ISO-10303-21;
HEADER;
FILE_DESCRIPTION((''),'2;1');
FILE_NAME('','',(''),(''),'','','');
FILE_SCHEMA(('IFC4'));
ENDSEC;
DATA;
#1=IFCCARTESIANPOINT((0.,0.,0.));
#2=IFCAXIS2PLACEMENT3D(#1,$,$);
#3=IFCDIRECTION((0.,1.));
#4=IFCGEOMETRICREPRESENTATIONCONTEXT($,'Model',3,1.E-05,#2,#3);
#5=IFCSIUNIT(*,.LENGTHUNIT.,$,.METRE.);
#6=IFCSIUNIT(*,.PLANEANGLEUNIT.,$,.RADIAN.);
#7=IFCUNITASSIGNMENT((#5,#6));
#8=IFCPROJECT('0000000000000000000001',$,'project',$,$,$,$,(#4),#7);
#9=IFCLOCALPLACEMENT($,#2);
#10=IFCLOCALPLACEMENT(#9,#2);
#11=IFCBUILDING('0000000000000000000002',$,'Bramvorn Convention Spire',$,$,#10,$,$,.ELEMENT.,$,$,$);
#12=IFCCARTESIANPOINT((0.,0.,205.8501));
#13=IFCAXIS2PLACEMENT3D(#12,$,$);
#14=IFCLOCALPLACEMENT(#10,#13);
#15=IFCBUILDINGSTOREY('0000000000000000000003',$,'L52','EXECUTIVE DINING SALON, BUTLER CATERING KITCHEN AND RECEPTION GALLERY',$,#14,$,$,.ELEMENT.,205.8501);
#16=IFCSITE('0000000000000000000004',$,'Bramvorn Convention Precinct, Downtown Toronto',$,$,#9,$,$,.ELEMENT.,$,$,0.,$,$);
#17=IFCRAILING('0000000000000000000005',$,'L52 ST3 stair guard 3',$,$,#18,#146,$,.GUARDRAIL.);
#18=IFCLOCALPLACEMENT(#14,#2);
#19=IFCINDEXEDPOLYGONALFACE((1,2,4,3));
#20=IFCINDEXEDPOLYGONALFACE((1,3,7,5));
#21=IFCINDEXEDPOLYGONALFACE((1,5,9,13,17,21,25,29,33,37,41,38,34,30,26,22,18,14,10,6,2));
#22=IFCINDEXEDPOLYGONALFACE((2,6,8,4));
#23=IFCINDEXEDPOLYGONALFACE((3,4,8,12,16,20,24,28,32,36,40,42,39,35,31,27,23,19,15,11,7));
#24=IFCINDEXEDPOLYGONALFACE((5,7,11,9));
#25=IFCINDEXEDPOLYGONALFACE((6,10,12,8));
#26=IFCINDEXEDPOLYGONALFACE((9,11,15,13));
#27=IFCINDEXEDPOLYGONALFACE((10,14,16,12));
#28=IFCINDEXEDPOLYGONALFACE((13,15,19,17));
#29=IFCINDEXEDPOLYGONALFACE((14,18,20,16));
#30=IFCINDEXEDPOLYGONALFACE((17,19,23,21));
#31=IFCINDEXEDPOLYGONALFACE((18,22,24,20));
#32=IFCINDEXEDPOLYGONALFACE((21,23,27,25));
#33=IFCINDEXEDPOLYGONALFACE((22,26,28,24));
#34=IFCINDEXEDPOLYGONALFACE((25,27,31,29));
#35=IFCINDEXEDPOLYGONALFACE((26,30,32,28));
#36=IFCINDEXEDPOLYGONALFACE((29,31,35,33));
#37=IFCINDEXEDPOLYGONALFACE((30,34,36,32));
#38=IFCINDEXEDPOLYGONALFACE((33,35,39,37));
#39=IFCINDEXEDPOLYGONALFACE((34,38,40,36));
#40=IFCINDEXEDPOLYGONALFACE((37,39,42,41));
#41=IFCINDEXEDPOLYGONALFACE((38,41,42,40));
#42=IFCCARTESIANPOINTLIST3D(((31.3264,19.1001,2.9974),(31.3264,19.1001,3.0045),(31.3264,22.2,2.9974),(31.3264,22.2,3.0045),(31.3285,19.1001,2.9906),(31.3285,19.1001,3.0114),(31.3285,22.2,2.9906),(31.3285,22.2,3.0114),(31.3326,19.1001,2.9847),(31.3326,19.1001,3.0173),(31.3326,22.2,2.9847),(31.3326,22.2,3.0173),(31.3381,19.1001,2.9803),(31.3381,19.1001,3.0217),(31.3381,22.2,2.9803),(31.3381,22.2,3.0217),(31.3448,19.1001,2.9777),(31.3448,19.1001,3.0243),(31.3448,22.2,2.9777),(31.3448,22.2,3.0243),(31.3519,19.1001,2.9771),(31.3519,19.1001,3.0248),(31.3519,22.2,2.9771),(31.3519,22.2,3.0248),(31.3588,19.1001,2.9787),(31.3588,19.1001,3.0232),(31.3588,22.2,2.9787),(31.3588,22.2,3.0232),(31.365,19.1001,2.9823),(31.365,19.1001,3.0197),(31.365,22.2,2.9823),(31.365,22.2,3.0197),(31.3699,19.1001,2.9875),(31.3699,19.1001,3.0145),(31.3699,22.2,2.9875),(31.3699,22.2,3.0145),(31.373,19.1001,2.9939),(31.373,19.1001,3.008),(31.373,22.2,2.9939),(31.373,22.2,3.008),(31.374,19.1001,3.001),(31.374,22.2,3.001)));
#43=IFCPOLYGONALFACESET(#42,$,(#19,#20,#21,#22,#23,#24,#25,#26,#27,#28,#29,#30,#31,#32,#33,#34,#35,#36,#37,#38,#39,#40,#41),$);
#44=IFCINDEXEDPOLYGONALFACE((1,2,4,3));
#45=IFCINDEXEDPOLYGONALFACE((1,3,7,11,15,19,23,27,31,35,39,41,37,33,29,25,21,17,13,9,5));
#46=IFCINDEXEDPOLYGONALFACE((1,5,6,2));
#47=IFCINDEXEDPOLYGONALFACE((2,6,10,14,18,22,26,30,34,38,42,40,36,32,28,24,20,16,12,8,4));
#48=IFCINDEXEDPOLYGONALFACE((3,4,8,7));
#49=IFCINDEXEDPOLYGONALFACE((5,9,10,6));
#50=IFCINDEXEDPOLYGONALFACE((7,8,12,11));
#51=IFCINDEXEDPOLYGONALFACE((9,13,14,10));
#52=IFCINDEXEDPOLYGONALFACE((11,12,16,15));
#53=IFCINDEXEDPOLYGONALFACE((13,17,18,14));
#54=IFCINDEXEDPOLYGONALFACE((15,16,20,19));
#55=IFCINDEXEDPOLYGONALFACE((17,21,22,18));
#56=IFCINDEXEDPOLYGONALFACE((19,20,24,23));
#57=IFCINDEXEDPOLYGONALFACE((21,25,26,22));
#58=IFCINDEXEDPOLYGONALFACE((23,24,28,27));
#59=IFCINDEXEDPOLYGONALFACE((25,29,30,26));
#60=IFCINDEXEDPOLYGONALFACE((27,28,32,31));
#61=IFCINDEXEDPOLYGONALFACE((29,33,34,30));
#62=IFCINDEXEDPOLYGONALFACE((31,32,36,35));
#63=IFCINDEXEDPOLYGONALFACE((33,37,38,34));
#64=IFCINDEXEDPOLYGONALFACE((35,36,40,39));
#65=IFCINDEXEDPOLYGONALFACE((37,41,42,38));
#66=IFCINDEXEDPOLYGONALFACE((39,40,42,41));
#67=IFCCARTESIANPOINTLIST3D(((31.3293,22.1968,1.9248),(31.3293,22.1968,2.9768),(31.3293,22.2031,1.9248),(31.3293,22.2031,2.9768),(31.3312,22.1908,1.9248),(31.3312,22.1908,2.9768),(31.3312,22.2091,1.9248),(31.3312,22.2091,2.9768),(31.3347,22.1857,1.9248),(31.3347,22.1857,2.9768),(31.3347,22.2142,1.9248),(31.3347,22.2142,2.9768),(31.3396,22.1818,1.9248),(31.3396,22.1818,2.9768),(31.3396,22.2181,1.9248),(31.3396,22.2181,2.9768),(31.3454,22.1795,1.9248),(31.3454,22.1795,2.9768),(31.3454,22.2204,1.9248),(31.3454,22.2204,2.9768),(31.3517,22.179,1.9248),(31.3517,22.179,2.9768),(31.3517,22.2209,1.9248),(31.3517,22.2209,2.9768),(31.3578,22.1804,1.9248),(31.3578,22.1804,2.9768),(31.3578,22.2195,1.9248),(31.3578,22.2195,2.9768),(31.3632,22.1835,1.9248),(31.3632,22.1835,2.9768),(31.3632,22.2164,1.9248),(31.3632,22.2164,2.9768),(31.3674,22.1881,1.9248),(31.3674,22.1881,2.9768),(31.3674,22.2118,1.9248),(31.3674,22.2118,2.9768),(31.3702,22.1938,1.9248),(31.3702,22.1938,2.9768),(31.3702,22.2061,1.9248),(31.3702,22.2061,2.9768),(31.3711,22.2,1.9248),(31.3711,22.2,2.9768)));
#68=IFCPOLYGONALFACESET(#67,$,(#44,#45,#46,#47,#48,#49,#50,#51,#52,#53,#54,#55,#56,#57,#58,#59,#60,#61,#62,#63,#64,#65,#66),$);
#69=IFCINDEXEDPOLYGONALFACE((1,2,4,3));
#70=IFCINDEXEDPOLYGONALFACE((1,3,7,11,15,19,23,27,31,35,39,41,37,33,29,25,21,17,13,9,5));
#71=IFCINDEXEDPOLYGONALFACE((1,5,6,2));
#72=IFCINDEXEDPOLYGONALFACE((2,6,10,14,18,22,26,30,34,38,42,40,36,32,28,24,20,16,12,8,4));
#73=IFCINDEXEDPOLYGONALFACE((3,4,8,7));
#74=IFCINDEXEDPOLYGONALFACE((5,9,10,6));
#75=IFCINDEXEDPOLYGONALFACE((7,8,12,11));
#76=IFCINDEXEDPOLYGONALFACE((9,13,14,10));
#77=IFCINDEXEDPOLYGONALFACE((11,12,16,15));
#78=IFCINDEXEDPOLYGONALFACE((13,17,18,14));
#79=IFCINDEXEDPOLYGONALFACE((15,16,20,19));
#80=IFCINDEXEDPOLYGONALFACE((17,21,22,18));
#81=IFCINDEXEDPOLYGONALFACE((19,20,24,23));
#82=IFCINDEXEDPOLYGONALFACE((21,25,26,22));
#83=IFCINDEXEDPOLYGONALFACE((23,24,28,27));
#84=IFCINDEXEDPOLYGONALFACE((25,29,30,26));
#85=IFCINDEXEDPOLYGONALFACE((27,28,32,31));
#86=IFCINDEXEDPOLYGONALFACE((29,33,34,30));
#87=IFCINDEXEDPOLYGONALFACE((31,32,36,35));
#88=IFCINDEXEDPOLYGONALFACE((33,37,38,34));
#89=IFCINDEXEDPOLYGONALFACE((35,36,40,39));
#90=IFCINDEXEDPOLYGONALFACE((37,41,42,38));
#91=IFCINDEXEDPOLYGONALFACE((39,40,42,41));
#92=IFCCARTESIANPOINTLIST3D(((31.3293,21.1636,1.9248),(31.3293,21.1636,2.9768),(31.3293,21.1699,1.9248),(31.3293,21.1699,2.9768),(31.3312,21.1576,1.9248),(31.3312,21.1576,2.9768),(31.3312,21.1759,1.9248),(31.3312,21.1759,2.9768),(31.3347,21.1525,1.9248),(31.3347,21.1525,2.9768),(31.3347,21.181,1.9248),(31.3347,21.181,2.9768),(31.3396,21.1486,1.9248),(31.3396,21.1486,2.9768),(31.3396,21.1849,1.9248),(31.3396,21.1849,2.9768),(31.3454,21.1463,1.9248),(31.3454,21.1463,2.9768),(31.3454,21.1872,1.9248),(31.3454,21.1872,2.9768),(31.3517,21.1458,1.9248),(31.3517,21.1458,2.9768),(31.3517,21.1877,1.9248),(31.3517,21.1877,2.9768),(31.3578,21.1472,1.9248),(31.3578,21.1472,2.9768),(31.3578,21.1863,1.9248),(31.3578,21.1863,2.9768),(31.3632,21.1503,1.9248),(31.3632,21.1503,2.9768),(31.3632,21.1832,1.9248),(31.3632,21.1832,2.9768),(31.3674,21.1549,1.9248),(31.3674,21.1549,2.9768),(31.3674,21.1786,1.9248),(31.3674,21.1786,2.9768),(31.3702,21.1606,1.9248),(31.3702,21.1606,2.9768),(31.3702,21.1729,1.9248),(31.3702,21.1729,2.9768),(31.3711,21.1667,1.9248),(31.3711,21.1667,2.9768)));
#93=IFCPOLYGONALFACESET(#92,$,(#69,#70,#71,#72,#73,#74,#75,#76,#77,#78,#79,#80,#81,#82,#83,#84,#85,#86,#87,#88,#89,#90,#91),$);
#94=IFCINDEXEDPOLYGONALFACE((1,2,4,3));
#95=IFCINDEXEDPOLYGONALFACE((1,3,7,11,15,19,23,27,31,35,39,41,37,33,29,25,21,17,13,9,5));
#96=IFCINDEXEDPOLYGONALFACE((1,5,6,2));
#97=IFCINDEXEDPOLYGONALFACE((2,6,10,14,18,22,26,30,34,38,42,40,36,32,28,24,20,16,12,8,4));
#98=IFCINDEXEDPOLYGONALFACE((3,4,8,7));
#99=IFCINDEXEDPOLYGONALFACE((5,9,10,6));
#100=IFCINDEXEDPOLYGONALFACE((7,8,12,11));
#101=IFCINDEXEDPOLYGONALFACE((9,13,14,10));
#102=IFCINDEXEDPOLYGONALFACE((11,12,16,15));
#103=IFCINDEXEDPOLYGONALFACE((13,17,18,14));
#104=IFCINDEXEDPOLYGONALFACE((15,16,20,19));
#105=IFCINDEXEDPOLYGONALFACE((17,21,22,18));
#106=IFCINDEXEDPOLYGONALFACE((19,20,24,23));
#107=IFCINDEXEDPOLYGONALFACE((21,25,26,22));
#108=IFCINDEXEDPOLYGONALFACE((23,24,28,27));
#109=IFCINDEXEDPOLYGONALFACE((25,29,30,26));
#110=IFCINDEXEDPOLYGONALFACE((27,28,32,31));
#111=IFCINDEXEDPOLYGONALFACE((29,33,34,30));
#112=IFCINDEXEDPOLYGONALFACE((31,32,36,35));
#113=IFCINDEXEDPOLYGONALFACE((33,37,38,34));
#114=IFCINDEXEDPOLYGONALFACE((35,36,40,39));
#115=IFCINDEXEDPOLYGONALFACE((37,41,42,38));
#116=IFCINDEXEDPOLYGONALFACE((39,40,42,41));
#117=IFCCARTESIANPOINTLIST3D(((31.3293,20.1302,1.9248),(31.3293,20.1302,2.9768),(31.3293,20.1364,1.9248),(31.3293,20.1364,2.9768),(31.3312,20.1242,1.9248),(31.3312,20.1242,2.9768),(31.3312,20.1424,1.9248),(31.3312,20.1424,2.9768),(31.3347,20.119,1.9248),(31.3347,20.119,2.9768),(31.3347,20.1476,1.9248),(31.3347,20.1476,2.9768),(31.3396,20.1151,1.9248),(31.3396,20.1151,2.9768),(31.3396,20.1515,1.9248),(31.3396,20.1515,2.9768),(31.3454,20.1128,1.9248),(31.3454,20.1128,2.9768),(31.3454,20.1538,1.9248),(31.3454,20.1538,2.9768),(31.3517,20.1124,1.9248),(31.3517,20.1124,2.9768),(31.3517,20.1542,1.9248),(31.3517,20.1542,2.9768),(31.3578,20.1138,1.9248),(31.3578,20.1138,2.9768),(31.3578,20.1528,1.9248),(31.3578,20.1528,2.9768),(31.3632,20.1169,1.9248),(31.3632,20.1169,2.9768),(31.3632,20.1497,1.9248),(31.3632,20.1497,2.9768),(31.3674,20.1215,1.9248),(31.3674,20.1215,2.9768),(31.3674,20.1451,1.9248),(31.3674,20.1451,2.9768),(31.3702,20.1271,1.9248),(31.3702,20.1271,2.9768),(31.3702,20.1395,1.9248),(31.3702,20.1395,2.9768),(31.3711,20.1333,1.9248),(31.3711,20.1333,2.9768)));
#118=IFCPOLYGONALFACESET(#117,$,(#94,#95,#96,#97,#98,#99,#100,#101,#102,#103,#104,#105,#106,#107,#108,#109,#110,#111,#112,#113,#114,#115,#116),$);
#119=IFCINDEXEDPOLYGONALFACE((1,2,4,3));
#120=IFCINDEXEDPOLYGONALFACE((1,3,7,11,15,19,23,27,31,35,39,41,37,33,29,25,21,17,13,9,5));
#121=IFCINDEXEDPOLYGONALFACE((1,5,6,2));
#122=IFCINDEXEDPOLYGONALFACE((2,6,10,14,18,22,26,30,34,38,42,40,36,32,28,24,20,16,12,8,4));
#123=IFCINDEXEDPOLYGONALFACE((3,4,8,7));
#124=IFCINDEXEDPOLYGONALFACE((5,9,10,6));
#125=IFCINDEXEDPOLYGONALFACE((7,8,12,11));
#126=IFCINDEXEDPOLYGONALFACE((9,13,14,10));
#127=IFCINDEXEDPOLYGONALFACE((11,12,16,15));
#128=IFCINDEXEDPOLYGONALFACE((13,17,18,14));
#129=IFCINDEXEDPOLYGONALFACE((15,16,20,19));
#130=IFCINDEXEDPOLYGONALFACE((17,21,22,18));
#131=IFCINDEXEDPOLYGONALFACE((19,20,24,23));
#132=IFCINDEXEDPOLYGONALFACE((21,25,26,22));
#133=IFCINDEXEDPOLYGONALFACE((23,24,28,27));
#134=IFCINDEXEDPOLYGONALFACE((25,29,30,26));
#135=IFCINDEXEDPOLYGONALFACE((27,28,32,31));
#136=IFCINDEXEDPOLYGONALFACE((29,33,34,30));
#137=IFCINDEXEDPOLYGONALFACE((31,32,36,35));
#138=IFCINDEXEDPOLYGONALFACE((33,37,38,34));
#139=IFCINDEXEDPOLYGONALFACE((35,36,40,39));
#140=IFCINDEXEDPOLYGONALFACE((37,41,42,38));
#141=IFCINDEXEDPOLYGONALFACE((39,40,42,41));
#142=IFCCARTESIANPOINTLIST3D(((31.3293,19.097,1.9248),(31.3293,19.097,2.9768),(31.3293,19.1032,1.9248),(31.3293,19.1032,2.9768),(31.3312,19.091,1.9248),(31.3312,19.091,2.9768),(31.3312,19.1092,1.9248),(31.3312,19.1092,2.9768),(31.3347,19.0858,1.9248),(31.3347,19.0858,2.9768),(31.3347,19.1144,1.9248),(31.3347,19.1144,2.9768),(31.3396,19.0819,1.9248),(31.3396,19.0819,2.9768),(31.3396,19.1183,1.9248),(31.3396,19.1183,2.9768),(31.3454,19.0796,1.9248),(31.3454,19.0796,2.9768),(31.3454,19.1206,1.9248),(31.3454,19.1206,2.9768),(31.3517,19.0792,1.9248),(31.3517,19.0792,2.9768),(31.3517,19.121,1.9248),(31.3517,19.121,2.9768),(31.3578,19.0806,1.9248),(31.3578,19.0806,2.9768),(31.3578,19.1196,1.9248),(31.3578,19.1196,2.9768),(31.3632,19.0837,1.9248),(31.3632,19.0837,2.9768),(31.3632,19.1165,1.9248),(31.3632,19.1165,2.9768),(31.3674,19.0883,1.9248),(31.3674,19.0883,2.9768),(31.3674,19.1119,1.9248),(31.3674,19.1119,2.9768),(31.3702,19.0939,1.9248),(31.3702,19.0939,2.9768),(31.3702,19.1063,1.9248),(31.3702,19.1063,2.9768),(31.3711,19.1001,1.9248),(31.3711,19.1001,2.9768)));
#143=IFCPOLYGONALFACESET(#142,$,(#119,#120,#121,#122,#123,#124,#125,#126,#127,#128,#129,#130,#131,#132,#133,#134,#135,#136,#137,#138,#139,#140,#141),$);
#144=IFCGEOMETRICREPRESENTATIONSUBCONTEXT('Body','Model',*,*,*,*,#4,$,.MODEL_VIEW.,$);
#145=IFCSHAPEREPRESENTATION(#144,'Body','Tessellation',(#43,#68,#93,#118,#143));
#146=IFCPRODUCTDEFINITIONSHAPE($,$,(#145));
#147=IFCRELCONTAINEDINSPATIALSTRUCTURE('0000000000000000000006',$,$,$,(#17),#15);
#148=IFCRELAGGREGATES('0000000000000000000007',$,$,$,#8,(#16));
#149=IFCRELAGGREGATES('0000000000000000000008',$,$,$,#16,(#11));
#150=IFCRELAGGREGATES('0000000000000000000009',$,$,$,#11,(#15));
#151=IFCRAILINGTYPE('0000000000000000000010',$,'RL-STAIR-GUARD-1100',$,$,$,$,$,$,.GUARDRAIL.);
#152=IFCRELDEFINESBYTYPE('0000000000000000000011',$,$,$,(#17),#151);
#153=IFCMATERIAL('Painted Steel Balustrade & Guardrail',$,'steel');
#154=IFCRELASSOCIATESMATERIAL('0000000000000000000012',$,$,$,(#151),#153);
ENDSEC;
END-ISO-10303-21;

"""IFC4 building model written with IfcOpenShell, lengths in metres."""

from ifc_helpers import new_model, si_unit, direction, frame, origin, origin_2d, place, context, subcontext, project, spatial, circle, extrude, material, type_object, element, save


model = new_model("IFC4")

# Units and contexts
model_context = context("Model", 3, precision=1e-05, world=origin(), true_north=direction((0.0, 1.0)))
body_context = subcontext(model_context, "Body", "Model", "MODEL_VIEW")
ifc_project = project(units=[si_unit("LENGTHUNIT", "METRE"), si_unit("PLANEANGLEUNIT", "RADIAN")], contexts=[model_context])

# Site, building, storey
site_placement = place(None, origin())
site = spatial("IfcSite", under=ifc_project, at=site_placement, Name="Bramvorn Convention Precinct, Downtown Toronto", CompositionType="ELEMENT", RefElevation=0.0)
building_placement = place(site_placement, origin())
building = spatial("IfcBuilding", under=site, at=building_placement, Name="Bramvorn Convention Spire", CompositionType="ELEMENT")
storey_placement = place(building_placement, frame((0.0, 0.0, 205.8501)))
storey = spatial("IfcBuildingStorey", under=building, at=storey_placement, Name="L52", Description="EXECUTIVE DINING SALON, BUTLER CATERING KITCHEN AND RECEPTION GALLERY", CompositionType="ELEMENT", Elevation=205.8501)

# Railing
ifc_material_1 = material(Name="Painted Steel Balustrade & Guardrail", Category="steel")
railing_type_1 = type_object("IfcRailingType", Name="RL-STAIR-GUARD-1100", PredefinedType="GUARDRAIL", material=ifc_material_1)
railing_1_placement = place(storey_placement, frame((31.3501, 22.2, 1.9248)))
element("IfcRailing", 1, at=railing_1_placement, inside=storey, type_object=railing_type_1, Name="L52 ST3 stair guard 3", PredefinedType="GUARDRAIL", context=body_context, shape_type="SweptSolid", body=[
    extrude(circle(Radius=0.0239, at=origin_2d()), frame((0.0, 0.0, 1.0762), z_axis=(0.0, -1.0, 0.0), x_axis=(1.0, 0.0, 0.0)), (0.0, 0.0, 1.0), 3.0999),
    extrude(circle(Radius=0.021, at=origin_2d()), origin(), (0.0, 0.0, 1.0), 1.052),
    extrude(circle(Radius=0.021, at=origin_2d()), frame((0.0, -1.0332, 0.0)), (0.0, 0.0, 1.0), 1.052),
    extrude(circle(Radius=0.021, at=origin_2d()), frame((0.0, -2.0667, 0.0)), (0.0, 0.0, 1.0), 1.052),
    extrude(circle(Radius=0.021, at=origin_2d()), frame((0.0, -3.0999, 0.0)), (0.0, 0.0, 1.0), 1.052),
])

save(model, "model.ifc")
